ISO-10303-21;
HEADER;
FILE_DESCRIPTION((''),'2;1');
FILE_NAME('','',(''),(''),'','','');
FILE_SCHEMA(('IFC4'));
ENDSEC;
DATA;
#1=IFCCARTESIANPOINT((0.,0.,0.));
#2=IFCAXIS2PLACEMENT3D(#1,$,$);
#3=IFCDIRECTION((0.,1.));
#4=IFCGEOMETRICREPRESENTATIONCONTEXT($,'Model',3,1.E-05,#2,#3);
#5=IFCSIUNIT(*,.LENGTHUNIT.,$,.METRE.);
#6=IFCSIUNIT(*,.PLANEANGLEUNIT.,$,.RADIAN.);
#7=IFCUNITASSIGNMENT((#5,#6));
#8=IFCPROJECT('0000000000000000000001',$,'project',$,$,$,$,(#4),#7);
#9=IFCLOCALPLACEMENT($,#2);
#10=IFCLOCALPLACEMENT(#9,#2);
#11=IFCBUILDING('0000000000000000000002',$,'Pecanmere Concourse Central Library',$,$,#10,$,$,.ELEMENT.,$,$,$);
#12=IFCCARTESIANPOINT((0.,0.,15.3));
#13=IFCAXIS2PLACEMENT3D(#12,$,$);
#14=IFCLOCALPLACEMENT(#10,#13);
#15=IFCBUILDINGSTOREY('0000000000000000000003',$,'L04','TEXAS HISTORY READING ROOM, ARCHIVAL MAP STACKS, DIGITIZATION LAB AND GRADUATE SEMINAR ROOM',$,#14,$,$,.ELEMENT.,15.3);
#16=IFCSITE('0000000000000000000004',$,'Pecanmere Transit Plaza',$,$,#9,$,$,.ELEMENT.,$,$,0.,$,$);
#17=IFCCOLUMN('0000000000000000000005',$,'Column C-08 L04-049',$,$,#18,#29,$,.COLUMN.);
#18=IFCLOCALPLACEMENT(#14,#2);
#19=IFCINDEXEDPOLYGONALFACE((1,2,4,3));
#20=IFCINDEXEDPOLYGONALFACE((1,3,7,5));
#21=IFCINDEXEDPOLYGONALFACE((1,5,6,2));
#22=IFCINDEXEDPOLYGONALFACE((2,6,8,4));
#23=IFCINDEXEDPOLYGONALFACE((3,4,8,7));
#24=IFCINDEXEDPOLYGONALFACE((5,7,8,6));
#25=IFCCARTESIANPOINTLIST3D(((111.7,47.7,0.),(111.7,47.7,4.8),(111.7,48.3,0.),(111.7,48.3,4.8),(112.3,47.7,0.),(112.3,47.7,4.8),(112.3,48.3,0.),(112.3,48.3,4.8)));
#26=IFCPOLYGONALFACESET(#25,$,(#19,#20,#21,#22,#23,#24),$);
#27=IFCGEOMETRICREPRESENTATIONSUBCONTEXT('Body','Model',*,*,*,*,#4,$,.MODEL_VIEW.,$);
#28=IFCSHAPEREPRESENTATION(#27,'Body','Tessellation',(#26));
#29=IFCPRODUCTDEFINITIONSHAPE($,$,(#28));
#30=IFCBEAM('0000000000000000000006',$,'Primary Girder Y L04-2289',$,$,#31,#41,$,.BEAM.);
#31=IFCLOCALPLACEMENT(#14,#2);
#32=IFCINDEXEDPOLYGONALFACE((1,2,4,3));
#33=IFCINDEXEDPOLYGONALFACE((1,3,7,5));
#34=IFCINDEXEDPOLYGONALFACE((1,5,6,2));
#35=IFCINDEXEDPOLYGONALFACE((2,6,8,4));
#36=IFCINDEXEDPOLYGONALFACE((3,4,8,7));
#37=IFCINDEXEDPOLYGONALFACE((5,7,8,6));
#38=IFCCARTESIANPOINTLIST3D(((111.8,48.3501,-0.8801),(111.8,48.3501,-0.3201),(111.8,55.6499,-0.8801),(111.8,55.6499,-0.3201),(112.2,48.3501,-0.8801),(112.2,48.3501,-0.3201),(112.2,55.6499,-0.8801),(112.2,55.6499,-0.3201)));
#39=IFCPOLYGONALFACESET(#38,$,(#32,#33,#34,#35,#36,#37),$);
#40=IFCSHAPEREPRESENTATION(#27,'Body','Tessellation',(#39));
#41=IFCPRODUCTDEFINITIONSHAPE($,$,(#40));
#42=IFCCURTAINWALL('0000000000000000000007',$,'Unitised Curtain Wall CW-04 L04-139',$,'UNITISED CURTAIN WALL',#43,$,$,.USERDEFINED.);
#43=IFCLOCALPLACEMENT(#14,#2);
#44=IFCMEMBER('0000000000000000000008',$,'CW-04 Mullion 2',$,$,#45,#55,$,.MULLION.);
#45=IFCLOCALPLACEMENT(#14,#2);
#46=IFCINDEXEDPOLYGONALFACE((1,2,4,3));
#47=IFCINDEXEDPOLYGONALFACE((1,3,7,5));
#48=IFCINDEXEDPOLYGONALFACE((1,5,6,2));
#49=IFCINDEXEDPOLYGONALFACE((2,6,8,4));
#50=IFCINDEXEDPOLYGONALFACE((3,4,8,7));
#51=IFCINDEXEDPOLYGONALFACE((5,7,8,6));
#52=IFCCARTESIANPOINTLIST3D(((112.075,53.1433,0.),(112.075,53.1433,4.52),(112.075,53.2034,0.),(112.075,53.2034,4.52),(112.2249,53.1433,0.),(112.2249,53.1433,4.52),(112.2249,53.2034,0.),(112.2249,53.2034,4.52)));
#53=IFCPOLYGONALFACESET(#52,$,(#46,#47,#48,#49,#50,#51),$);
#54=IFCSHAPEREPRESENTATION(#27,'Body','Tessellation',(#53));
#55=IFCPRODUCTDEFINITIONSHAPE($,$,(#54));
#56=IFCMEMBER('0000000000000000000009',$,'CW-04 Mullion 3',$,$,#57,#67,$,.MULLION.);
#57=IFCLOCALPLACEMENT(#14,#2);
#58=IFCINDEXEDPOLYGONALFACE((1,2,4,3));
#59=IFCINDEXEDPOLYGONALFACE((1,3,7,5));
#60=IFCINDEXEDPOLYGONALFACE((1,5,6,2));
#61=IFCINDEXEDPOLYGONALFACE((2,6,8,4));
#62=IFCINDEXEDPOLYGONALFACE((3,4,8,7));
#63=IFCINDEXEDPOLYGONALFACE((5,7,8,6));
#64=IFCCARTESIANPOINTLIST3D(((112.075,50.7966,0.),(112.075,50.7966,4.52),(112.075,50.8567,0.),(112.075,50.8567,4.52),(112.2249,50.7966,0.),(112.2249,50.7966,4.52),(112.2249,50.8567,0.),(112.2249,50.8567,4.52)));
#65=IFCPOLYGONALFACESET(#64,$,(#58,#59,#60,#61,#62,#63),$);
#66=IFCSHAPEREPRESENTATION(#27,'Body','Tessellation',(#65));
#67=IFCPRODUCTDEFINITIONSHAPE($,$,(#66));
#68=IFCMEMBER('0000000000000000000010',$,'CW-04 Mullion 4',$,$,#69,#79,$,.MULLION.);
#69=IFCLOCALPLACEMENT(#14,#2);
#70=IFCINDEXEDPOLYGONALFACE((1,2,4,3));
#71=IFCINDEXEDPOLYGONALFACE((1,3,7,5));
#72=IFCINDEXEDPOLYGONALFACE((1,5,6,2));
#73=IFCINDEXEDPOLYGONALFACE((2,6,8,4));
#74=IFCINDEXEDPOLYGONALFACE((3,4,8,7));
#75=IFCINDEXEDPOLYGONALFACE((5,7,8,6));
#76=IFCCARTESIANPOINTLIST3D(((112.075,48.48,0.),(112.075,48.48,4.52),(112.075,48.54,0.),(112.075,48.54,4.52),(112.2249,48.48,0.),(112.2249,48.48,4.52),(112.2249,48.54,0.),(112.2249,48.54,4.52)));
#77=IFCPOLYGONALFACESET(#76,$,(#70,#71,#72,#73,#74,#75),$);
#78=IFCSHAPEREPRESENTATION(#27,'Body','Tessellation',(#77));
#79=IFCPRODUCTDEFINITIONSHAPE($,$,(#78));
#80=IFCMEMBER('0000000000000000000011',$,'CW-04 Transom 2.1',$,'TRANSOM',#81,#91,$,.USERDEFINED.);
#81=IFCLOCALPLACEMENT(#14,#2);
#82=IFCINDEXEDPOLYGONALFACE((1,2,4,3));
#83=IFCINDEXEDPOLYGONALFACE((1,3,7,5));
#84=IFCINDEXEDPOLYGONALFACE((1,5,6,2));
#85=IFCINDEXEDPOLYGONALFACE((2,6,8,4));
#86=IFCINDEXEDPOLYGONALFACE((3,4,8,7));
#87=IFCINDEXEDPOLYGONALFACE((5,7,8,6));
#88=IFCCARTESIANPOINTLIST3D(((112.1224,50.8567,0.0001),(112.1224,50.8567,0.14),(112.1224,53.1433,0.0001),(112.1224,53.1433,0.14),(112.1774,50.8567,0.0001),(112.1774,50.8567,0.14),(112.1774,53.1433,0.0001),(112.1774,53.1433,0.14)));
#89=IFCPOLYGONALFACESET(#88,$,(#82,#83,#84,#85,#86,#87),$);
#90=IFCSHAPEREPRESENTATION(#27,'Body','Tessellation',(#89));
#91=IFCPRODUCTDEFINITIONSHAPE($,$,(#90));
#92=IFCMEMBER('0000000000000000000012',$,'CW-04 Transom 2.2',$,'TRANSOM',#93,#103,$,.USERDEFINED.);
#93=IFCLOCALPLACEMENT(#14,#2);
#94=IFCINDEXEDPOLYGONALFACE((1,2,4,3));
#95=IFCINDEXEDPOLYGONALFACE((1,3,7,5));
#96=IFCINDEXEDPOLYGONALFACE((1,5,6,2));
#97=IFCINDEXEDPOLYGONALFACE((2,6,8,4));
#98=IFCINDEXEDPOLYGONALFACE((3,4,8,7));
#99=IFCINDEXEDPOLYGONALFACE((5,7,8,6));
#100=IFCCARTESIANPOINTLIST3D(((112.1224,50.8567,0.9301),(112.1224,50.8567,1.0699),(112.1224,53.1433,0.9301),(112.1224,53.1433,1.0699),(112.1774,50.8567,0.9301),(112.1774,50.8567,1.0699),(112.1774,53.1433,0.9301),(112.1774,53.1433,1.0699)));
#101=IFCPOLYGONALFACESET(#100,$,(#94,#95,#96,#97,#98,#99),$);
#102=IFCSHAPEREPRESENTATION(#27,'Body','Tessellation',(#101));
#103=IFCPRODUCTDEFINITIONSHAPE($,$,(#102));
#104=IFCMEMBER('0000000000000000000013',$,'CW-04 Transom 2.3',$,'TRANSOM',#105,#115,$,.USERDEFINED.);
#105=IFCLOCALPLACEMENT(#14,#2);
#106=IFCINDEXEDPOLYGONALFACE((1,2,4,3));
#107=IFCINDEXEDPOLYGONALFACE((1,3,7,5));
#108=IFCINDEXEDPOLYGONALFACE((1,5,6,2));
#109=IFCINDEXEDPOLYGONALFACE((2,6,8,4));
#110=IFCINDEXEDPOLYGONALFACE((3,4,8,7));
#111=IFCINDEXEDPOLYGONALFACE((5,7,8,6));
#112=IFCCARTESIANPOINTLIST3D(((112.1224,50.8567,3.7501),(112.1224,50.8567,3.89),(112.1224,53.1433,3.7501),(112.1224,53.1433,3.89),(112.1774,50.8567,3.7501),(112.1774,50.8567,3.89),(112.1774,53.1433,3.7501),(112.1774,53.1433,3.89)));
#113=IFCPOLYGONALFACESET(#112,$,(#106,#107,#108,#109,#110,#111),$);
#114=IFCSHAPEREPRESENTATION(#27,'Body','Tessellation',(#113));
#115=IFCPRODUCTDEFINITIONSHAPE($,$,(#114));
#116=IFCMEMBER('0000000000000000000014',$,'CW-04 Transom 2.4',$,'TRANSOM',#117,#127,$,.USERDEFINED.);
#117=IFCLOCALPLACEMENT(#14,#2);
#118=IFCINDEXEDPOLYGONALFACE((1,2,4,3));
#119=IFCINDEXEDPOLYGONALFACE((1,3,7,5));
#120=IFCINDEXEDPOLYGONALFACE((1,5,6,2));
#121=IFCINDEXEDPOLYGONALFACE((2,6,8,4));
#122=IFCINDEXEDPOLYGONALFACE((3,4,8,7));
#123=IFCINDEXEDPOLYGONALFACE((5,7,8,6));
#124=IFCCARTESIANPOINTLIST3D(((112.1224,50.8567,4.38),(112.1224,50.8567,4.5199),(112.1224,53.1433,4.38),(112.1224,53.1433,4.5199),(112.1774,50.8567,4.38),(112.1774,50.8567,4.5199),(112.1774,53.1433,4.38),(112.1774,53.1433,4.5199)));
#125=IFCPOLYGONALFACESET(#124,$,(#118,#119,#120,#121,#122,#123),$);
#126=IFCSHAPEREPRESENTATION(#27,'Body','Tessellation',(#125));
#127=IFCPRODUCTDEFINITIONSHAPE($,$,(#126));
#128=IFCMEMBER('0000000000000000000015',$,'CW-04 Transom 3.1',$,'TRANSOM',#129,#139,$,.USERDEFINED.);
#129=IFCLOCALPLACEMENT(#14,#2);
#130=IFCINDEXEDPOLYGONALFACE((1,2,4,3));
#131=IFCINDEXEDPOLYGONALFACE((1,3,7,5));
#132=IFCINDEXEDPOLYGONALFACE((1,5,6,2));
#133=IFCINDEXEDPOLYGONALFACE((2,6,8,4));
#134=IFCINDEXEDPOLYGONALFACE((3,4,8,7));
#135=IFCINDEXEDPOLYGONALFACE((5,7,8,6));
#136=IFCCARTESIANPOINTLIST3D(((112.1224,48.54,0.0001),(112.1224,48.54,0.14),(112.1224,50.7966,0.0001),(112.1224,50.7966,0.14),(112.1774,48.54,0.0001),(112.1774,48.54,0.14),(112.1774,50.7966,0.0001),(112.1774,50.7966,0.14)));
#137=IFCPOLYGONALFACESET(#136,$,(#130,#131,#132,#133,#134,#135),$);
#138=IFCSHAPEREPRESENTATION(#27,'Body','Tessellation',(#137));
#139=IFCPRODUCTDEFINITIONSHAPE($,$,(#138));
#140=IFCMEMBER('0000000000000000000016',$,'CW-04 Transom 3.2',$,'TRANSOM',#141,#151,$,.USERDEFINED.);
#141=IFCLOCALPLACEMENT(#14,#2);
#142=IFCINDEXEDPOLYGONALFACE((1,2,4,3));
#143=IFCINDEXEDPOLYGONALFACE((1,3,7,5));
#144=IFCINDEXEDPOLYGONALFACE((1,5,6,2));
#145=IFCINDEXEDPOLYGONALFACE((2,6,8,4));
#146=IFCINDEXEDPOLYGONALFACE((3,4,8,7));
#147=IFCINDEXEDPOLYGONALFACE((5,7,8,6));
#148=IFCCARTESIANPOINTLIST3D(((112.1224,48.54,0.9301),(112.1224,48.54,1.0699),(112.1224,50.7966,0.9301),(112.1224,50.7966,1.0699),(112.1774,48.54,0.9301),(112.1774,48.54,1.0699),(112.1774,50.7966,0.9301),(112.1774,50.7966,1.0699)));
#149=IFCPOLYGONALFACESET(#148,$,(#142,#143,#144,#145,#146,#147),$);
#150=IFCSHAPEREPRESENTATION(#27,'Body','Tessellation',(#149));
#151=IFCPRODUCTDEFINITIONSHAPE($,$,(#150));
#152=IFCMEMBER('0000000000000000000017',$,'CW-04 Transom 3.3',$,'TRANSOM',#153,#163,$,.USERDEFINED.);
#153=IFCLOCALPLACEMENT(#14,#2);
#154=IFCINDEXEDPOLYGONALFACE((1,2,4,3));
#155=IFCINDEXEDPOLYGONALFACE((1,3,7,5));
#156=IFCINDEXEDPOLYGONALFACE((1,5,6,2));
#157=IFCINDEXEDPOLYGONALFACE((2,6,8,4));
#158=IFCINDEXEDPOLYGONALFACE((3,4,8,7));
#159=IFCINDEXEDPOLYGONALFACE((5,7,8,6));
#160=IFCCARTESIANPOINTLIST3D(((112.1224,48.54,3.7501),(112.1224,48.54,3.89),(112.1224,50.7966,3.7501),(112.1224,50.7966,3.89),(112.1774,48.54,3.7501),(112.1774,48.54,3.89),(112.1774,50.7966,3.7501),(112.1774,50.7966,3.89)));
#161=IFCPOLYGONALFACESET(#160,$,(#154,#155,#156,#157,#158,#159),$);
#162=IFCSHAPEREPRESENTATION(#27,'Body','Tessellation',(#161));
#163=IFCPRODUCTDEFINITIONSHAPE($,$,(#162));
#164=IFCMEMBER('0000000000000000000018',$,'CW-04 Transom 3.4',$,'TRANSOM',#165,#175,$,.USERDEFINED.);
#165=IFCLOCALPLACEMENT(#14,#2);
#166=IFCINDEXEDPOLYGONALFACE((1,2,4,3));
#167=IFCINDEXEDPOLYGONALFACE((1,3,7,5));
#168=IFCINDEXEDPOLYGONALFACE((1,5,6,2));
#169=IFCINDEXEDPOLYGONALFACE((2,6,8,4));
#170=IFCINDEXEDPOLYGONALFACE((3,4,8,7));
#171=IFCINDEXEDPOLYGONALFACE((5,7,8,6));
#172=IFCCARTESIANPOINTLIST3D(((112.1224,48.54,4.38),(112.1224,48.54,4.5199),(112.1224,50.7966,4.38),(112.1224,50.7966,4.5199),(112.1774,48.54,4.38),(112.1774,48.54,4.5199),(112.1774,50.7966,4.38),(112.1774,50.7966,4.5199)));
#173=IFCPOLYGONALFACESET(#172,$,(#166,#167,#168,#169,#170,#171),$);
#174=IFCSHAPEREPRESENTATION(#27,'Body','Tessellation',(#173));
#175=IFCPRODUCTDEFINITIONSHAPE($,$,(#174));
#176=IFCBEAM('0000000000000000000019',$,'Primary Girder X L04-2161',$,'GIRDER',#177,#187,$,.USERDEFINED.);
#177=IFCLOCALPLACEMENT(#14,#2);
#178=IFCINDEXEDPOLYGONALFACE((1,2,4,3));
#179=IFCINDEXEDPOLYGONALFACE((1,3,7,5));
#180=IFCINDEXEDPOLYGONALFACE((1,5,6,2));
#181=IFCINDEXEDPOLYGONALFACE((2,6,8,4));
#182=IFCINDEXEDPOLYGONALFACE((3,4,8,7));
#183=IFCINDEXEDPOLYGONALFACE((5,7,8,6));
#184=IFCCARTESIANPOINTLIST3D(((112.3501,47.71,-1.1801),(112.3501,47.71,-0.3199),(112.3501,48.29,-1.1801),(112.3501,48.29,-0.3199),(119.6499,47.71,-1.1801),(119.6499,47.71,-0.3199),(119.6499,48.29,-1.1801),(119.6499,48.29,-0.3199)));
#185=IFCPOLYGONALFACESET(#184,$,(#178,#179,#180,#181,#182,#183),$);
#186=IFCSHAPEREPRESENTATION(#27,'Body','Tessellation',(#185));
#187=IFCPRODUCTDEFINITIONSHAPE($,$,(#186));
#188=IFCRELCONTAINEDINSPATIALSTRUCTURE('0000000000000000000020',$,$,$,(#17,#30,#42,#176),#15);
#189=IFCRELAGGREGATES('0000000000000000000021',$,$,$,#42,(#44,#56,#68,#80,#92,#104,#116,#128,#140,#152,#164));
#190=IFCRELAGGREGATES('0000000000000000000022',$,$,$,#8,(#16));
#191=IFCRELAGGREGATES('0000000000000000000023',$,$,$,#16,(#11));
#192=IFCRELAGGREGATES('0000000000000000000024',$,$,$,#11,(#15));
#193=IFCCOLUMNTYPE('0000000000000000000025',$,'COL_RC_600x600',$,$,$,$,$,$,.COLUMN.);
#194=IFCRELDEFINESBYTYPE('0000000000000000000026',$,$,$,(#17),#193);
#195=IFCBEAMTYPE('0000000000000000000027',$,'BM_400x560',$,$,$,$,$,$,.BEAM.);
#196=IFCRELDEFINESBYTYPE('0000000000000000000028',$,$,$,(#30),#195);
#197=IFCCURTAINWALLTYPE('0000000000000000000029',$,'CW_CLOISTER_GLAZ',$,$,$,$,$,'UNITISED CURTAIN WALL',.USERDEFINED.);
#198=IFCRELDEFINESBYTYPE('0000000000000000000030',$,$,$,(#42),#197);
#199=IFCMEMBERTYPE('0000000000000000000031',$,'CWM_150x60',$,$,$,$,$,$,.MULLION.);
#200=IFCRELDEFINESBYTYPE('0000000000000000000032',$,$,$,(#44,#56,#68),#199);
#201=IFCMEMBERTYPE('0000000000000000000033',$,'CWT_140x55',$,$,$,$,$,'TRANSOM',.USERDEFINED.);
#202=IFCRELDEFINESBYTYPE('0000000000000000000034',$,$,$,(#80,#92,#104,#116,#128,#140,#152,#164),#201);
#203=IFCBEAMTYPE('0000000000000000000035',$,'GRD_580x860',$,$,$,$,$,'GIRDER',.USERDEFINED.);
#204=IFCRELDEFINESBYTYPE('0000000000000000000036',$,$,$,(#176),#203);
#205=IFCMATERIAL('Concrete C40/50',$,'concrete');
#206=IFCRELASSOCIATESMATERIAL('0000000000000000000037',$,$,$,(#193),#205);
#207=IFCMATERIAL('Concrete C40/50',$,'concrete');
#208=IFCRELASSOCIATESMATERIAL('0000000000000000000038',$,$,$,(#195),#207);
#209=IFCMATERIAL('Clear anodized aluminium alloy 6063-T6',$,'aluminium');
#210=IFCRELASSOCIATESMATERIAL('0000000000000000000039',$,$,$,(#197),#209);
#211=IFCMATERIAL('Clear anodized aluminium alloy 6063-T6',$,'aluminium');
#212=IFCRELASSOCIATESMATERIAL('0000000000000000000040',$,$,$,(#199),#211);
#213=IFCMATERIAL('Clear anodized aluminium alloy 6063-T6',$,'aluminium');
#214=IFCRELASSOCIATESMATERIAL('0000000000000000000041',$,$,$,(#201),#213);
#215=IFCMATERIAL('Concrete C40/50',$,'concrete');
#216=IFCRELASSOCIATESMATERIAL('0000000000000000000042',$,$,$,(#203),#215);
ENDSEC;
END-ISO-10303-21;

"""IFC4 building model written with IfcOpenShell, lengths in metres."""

from ifc_helpers import new_model, si_unit, direction, frame, origin, origin_2d, place, context, subcontext, project, spatial, rectangle, extrude, material, material_profile, profile_set, type_object, element, aggregate, save


model = new_model("IFC4")

# Units and contexts
model_context = context("Model", 3, precision=1e-05, world=origin(), true_north=direction((0.0, 1.0)))
body_context = subcontext(model_context, "Body", "Model", "MODEL_VIEW")
ifc_project = project(units=[si_unit("LENGTHUNIT", "METRE"), si_unit("PLANEANGLEUNIT", "RADIAN")], contexts=[model_context])

# Site, building, storey
site_placement = place(None, origin())
site = spatial("IfcSite", under=ifc_project, at=site_placement, Name="Pecanmere Transit Plaza", CompositionType="ELEMENT", RefElevation=0.0)
building_placement = place(site_placement, origin())
building = spatial("IfcBuilding", under=site, at=building_placement, Name="Pecanmere Concourse Central Library", CompositionType="ELEMENT")
storey_placement = place(building_placement, frame((0.0, 0.0, 15.3)))
storey = spatial("IfcBuildingStorey", under=building, at=storey_placement, Name="L04", Description="TEXAS HISTORY READING ROOM, ARCHIVAL MAP STACKS, DIGITIZATION LAB AND GRADUATE SEMINAR ROOM", CompositionType="ELEMENT", Elevation=15.3)

# Column
ifc_material_1 = material(Name="Concrete C40/50", Category="concrete")
ifc_material_profile_1 = material_profile(ifc_material_1, rectangle(XDim=0.6001, YDim=0.6001, at=origin_2d()), Name="RC 600x600")
ifc_profile_set_1 = profile_set([ifc_material_profile_1], Name="Concrete C40/50")
column_type = type_object("IfcColumnType", Name="COL_RC_600x600", PredefinedType="COLUMN", material=ifc_profile_set_1)
column_placement = place(storey_placement, frame((112.0, 48.0, 0.0), z_axis=(0.0, 0.0, 1.0), x_axis=(1.0, 0.0, 0.0)))
element("IfcColumn", 1, at=column_placement, inside=storey, type_object=column_type, Name="Column C-08 L04-049", PredefinedType="COLUMN", context=body_context, shape_type="SweptSolid", body=[
    extrude(rectangle(XDim=0.6001, YDim=0.6001, at=origin_2d()), origin(), (0.0, 0.0, 1.0), 4.8),
])

# Beam
ifc_material_2 = material(Name="Concrete C40/50", Category="concrete")
ifc_material_profile_2 = material_profile(ifc_material_2, rectangle(XDim=0.3999, YDim=0.5601, at=origin_2d()), Name="RC 400x560")
ifc_profile_set_2 = profile_set([ifc_material_profile_2], Name="Concrete C40/50")
beam_type_1 = type_object("IfcBeamType", Name="BM_400x560", PredefinedType="BEAM", material=ifc_profile_set_2)
beam_1_placement = place(storey_placement, frame((112.0, 48.3501, -0.6001), z_axis=(0.0, 1.0, 0.0), x_axis=(-1.0, 0.0, 0.0)))
element("IfcBeam", 2, at=beam_1_placement, inside=storey, type_object=beam_type_1, Name="Primary Girder Y L04-2289", PredefinedType="BEAM", context=body_context, shape_type="SweptSolid", body=[
    extrude(rectangle(XDim=0.3999, YDim=0.5601, at=origin_2d()), origin(), (0.0, 0.0, 1.0), 7.2998),
])

# Curtain wall, members
ifc_material_3 = material(Name="Clear anodized aluminium alloy 6063-T6", Category="aluminium")
curtain_wall_type = type_object("IfcCurtainWallType", Name="CW_CLOISTER_GLAZ", ElementType="UNITISED CURTAIN WALL", PredefinedType="USERDEFINED", material=ifc_material_3)
curtain_wall_placement = place(storey_placement, origin())
curtain_wall = element("IfcCurtainWall", 3, at=curtain_wall_placement, inside=storey, type_object=curtain_wall_type, Name="Unitised Curtain Wall CW-04 L04-139", ObjectType="UNITISED CURTAIN WALL", PredefinedType="USERDEFINED")
ifc_material_4 = material(Name="Clear anodized aluminium alloy 6063-T6", Category="aluminium")
ifc_material_profile_3 = material_profile(ifc_material_4, rectangle(XDim=0.0601, YDim=0.1499, at=origin_2d()), Name="AL 60x150")
ifc_profile_set_3 = profile_set([ifc_material_profile_3], Name="Clear anodized aluminium alloy 6063-T6")
member_type_1 = type_object("IfcMemberType", Name="CWM_150x60", PredefinedType="MULLION", material=ifc_profile_set_3)
member_1_placement = place(storey_placement, frame((112.1499, 53.1733, 0.0), z_axis=(0.0, 0.0, 1.0), x_axis=(0.0, -1.0, 0.0)))
member_1 = element("IfcMember", 4, at=member_1_placement, type_object=member_type_1, Name="CW-04 Mullion 2", PredefinedType="MULLION", context=body_context, shape_type="SweptSolid", body=[
    extrude(rectangle(XDim=0.0601, YDim=0.1499, at=origin_2d()), origin(), (0.0, 0.0, 1.0), 4.52),
])
member_2_placement = place(storey_placement, frame((112.1499, 50.8267, 0.0), z_axis=(0.0, 0.0, 1.0), x_axis=(0.0, -1.0, 0.0)))
member_2 = element("IfcMember", 5, at=member_2_placement, type_object=member_type_1, Name="CW-04 Mullion 3", PredefinedType="MULLION", context=body_context, shape_type="SweptSolid", body=[
    extrude(rectangle(XDim=0.0601, YDim=0.1499, at=origin_2d()), origin(), (0.0, 0.0, 1.0), 4.52),
])
member_3_placement = place(storey_placement, frame((112.1499, 48.51, 0.0), z_axis=(0.0, 0.0, 1.0), x_axis=(0.0, -1.0, 0.0)))
member_3 = element("IfcMember", 6, at=member_3_placement, type_object=member_type_1, Name="CW-04 Mullion 4", PredefinedType="MULLION", context=body_context, shape_type="SweptSolid", body=[
    extrude(rectangle(XDim=0.0601, YDim=0.1499, at=origin_2d()), origin(), (0.0, 0.0, 1.0), 4.52),
])
ifc_material_5 = material(Name="Clear anodized aluminium alloy 6063-T6", Category="aluminium")
ifc_material_profile_4 = material_profile(ifc_material_5, rectangle(XDim=0.0549, YDim=0.1399, at=origin_2d()), Name="AL 55x140")
ifc_profile_set_4 = profile_set([ifc_material_profile_4], Name="Clear anodized aluminium alloy 6063-T6")
member_type_2 = type_object("IfcMemberType", Name="CWT_140x55", ElementType="TRANSOM", PredefinedType="USERDEFINED", material=ifc_profile_set_4)
member_4_placement = place(storey_placement, frame((112.1499, 53.1433, 0.0701), z_axis=(0.0, -1.0, 0.0), x_axis=(1.0, 0.0, 0.0)))
member_4 = element("IfcMember", 7, at=member_4_placement, type_object=member_type_2, Name="CW-04 Transom 2.1", ObjectType="TRANSOM", PredefinedType="USERDEFINED", context=body_context, shape_type="SweptSolid", body=[
    extrude(rectangle(XDim=0.0549, YDim=0.1399, at=origin_2d()), origin(), (0.0, 0.0, 1.0), 2.2866),
])
member_5_placement = place(storey_placement, frame((112.1499, 53.1433, 1.0), z_axis=(0.0, -1.0, 0.0), x_axis=(1.0, 0.0, 0.0)))
member_5 = element("IfcMember", 8, at=member_5_placement, type_object=member_type_2, Name="CW-04 Transom 2.2", ObjectType="TRANSOM", PredefinedType="USERDEFINED", context=body_context, shape_type="SweptSolid", body=[
    extrude(rectangle(XDim=0.0549, YDim=0.1399, at=origin_2d()), origin(), (0.0, 0.0, 1.0), 2.2866),
])
member_6_placement = place(storey_placement, frame((112.1499, 53.1433, 3.8201), z_axis=(0.0, -1.0, 0.0), x_axis=(1.0, 0.0, 0.0)))
member_6 = element("IfcMember", 9, at=member_6_placement, type_object=member_type_2, Name="CW-04 Transom 2.3", ObjectType="TRANSOM", PredefinedType="USERDEFINED", context=body_context, shape_type="SweptSolid", body=[
    extrude(rectangle(XDim=0.0549, YDim=0.1399, at=origin_2d()), origin(), (0.0, 0.0, 1.0), 2.2866),
])
member_7_placement = place(storey_placement, frame((112.1499, 53.1433, 4.45), z_axis=(0.0, -1.0, 0.0), x_axis=(1.0, 0.0, 0.0)))
member_7 = element("IfcMember", 10, at=member_7_placement, type_object=member_type_2, Name="CW-04 Transom 2.4", ObjectType="TRANSOM", PredefinedType="USERDEFINED", context=body_context, shape_type="SweptSolid", body=[
    extrude(rectangle(XDim=0.0549, YDim=0.1399, at=origin_2d()), origin(), (0.0, 0.0, 1.0), 2.2866),
])
member_8_placement = place(storey_placement, frame((112.1499, 50.7966, 0.0701), z_axis=(0.0, -1.0, 0.0), x_axis=(1.0, 0.0, 0.0)))
member_8 = element("IfcMember", 11, at=member_8_placement, type_object=member_type_2, Name="CW-04 Transom 3.1", ObjectType="TRANSOM", PredefinedType="USERDEFINED", context=body_context, shape_type="SweptSolid", body=[
    extrude(rectangle(XDim=0.0549, YDim=0.1399, at=origin_2d()), origin(), (0.0, 0.0, 1.0), 2.2566),
])
member_9_placement = place(storey_placement, frame((112.1499, 50.7966, 1.0), z_axis=(0.0, -1.0, 0.0), x_axis=(1.0, 0.0, 0.0)))
member_9 = element("IfcMember", 12, at=member_9_placement, type_object=member_type_2, Name="CW-04 Transom 3.2", ObjectType="TRANSOM", PredefinedType="USERDEFINED", context=body_context, shape_type="SweptSolid", body=[
    extrude(rectangle(XDim=0.0549, YDim=0.1399, at=origin_2d()), origin(), (0.0, 0.0, 1.0), 2.2566),
])
member_10_placement = place(storey_placement, frame((112.1499, 50.7966, 3.8201), z_axis=(0.0, -1.0, 0.0), x_axis=(1.0, 0.0, 0.0)))
member_10 = element("IfcMember", 13, at=member_10_placement, type_object=member_type_2, Name="CW-04 Transom 3.3", ObjectType="TRANSOM", PredefinedType="USERDEFINED", context=body_context, shape_type="SweptSolid", body=[
    extrude(rectangle(XDim=0.0549, YDim=0.1399, at=origin_2d()), origin(), (0.0, 0.0, 1.0), 2.2566),
])
member_11_placement = place(storey_placement, frame((112.1499, 50.7966, 4.45), z_axis=(0.0, -1.0, 0.0), x_axis=(1.0, 0.0, 0.0)))
member_11 = element("IfcMember", 14, at=member_11_placement, type_object=member_type_2, Name="CW-04 Transom 3.4", ObjectType="TRANSOM", PredefinedType="USERDEFINED", context=body_context, shape_type="SweptSolid", body=[
    extrude(rectangle(XDim=0.0549, YDim=0.1399, at=origin_2d()), origin(), (0.0, 0.0, 1.0), 2.2566),
])

# Beam
ifc_material_6 = material(Name="Concrete C40/50", Category="concrete")
ifc_material_profile_5 = material_profile(ifc_material_6, rectangle(XDim=0.5801, YDim=0.8601, at=origin_2d()), Name="RC 580x860")
ifc_profile_set_5 = profile_set([ifc_material_profile_5], Name="Concrete C40/50")
beam_type_2 = type_object("IfcBeamType", Name="GRD_580x860", ElementType="GIRDER", PredefinedType="USERDEFINED", material=ifc_profile_set_5)
beam_2_placement = place(storey_placement, frame((112.3501, 48.0, -0.75), z_axis=(1.0, 0.0, 0.0), x_axis=(0.0, 1.0, 0.0)))
element("IfcBeam", 15, at=beam_2_placement, inside=storey, type_object=beam_type_2, Name="Primary Girder X L04-2161", ObjectType="GIRDER", PredefinedType="USERDEFINED", context=body_context, shape_type="SweptSolid", body=[
    extrude(rectangle(XDim=0.5801, YDim=0.8601, at=origin_2d()), origin(), (0.0, 0.0, 1.0), 7.2998),
])

aggregate(curtain_wall, [member_1, member_2, member_3, member_4, member_5, member_6, member_7, member_8, member_9, member_10, member_11])

save(model, "model.ifc")
